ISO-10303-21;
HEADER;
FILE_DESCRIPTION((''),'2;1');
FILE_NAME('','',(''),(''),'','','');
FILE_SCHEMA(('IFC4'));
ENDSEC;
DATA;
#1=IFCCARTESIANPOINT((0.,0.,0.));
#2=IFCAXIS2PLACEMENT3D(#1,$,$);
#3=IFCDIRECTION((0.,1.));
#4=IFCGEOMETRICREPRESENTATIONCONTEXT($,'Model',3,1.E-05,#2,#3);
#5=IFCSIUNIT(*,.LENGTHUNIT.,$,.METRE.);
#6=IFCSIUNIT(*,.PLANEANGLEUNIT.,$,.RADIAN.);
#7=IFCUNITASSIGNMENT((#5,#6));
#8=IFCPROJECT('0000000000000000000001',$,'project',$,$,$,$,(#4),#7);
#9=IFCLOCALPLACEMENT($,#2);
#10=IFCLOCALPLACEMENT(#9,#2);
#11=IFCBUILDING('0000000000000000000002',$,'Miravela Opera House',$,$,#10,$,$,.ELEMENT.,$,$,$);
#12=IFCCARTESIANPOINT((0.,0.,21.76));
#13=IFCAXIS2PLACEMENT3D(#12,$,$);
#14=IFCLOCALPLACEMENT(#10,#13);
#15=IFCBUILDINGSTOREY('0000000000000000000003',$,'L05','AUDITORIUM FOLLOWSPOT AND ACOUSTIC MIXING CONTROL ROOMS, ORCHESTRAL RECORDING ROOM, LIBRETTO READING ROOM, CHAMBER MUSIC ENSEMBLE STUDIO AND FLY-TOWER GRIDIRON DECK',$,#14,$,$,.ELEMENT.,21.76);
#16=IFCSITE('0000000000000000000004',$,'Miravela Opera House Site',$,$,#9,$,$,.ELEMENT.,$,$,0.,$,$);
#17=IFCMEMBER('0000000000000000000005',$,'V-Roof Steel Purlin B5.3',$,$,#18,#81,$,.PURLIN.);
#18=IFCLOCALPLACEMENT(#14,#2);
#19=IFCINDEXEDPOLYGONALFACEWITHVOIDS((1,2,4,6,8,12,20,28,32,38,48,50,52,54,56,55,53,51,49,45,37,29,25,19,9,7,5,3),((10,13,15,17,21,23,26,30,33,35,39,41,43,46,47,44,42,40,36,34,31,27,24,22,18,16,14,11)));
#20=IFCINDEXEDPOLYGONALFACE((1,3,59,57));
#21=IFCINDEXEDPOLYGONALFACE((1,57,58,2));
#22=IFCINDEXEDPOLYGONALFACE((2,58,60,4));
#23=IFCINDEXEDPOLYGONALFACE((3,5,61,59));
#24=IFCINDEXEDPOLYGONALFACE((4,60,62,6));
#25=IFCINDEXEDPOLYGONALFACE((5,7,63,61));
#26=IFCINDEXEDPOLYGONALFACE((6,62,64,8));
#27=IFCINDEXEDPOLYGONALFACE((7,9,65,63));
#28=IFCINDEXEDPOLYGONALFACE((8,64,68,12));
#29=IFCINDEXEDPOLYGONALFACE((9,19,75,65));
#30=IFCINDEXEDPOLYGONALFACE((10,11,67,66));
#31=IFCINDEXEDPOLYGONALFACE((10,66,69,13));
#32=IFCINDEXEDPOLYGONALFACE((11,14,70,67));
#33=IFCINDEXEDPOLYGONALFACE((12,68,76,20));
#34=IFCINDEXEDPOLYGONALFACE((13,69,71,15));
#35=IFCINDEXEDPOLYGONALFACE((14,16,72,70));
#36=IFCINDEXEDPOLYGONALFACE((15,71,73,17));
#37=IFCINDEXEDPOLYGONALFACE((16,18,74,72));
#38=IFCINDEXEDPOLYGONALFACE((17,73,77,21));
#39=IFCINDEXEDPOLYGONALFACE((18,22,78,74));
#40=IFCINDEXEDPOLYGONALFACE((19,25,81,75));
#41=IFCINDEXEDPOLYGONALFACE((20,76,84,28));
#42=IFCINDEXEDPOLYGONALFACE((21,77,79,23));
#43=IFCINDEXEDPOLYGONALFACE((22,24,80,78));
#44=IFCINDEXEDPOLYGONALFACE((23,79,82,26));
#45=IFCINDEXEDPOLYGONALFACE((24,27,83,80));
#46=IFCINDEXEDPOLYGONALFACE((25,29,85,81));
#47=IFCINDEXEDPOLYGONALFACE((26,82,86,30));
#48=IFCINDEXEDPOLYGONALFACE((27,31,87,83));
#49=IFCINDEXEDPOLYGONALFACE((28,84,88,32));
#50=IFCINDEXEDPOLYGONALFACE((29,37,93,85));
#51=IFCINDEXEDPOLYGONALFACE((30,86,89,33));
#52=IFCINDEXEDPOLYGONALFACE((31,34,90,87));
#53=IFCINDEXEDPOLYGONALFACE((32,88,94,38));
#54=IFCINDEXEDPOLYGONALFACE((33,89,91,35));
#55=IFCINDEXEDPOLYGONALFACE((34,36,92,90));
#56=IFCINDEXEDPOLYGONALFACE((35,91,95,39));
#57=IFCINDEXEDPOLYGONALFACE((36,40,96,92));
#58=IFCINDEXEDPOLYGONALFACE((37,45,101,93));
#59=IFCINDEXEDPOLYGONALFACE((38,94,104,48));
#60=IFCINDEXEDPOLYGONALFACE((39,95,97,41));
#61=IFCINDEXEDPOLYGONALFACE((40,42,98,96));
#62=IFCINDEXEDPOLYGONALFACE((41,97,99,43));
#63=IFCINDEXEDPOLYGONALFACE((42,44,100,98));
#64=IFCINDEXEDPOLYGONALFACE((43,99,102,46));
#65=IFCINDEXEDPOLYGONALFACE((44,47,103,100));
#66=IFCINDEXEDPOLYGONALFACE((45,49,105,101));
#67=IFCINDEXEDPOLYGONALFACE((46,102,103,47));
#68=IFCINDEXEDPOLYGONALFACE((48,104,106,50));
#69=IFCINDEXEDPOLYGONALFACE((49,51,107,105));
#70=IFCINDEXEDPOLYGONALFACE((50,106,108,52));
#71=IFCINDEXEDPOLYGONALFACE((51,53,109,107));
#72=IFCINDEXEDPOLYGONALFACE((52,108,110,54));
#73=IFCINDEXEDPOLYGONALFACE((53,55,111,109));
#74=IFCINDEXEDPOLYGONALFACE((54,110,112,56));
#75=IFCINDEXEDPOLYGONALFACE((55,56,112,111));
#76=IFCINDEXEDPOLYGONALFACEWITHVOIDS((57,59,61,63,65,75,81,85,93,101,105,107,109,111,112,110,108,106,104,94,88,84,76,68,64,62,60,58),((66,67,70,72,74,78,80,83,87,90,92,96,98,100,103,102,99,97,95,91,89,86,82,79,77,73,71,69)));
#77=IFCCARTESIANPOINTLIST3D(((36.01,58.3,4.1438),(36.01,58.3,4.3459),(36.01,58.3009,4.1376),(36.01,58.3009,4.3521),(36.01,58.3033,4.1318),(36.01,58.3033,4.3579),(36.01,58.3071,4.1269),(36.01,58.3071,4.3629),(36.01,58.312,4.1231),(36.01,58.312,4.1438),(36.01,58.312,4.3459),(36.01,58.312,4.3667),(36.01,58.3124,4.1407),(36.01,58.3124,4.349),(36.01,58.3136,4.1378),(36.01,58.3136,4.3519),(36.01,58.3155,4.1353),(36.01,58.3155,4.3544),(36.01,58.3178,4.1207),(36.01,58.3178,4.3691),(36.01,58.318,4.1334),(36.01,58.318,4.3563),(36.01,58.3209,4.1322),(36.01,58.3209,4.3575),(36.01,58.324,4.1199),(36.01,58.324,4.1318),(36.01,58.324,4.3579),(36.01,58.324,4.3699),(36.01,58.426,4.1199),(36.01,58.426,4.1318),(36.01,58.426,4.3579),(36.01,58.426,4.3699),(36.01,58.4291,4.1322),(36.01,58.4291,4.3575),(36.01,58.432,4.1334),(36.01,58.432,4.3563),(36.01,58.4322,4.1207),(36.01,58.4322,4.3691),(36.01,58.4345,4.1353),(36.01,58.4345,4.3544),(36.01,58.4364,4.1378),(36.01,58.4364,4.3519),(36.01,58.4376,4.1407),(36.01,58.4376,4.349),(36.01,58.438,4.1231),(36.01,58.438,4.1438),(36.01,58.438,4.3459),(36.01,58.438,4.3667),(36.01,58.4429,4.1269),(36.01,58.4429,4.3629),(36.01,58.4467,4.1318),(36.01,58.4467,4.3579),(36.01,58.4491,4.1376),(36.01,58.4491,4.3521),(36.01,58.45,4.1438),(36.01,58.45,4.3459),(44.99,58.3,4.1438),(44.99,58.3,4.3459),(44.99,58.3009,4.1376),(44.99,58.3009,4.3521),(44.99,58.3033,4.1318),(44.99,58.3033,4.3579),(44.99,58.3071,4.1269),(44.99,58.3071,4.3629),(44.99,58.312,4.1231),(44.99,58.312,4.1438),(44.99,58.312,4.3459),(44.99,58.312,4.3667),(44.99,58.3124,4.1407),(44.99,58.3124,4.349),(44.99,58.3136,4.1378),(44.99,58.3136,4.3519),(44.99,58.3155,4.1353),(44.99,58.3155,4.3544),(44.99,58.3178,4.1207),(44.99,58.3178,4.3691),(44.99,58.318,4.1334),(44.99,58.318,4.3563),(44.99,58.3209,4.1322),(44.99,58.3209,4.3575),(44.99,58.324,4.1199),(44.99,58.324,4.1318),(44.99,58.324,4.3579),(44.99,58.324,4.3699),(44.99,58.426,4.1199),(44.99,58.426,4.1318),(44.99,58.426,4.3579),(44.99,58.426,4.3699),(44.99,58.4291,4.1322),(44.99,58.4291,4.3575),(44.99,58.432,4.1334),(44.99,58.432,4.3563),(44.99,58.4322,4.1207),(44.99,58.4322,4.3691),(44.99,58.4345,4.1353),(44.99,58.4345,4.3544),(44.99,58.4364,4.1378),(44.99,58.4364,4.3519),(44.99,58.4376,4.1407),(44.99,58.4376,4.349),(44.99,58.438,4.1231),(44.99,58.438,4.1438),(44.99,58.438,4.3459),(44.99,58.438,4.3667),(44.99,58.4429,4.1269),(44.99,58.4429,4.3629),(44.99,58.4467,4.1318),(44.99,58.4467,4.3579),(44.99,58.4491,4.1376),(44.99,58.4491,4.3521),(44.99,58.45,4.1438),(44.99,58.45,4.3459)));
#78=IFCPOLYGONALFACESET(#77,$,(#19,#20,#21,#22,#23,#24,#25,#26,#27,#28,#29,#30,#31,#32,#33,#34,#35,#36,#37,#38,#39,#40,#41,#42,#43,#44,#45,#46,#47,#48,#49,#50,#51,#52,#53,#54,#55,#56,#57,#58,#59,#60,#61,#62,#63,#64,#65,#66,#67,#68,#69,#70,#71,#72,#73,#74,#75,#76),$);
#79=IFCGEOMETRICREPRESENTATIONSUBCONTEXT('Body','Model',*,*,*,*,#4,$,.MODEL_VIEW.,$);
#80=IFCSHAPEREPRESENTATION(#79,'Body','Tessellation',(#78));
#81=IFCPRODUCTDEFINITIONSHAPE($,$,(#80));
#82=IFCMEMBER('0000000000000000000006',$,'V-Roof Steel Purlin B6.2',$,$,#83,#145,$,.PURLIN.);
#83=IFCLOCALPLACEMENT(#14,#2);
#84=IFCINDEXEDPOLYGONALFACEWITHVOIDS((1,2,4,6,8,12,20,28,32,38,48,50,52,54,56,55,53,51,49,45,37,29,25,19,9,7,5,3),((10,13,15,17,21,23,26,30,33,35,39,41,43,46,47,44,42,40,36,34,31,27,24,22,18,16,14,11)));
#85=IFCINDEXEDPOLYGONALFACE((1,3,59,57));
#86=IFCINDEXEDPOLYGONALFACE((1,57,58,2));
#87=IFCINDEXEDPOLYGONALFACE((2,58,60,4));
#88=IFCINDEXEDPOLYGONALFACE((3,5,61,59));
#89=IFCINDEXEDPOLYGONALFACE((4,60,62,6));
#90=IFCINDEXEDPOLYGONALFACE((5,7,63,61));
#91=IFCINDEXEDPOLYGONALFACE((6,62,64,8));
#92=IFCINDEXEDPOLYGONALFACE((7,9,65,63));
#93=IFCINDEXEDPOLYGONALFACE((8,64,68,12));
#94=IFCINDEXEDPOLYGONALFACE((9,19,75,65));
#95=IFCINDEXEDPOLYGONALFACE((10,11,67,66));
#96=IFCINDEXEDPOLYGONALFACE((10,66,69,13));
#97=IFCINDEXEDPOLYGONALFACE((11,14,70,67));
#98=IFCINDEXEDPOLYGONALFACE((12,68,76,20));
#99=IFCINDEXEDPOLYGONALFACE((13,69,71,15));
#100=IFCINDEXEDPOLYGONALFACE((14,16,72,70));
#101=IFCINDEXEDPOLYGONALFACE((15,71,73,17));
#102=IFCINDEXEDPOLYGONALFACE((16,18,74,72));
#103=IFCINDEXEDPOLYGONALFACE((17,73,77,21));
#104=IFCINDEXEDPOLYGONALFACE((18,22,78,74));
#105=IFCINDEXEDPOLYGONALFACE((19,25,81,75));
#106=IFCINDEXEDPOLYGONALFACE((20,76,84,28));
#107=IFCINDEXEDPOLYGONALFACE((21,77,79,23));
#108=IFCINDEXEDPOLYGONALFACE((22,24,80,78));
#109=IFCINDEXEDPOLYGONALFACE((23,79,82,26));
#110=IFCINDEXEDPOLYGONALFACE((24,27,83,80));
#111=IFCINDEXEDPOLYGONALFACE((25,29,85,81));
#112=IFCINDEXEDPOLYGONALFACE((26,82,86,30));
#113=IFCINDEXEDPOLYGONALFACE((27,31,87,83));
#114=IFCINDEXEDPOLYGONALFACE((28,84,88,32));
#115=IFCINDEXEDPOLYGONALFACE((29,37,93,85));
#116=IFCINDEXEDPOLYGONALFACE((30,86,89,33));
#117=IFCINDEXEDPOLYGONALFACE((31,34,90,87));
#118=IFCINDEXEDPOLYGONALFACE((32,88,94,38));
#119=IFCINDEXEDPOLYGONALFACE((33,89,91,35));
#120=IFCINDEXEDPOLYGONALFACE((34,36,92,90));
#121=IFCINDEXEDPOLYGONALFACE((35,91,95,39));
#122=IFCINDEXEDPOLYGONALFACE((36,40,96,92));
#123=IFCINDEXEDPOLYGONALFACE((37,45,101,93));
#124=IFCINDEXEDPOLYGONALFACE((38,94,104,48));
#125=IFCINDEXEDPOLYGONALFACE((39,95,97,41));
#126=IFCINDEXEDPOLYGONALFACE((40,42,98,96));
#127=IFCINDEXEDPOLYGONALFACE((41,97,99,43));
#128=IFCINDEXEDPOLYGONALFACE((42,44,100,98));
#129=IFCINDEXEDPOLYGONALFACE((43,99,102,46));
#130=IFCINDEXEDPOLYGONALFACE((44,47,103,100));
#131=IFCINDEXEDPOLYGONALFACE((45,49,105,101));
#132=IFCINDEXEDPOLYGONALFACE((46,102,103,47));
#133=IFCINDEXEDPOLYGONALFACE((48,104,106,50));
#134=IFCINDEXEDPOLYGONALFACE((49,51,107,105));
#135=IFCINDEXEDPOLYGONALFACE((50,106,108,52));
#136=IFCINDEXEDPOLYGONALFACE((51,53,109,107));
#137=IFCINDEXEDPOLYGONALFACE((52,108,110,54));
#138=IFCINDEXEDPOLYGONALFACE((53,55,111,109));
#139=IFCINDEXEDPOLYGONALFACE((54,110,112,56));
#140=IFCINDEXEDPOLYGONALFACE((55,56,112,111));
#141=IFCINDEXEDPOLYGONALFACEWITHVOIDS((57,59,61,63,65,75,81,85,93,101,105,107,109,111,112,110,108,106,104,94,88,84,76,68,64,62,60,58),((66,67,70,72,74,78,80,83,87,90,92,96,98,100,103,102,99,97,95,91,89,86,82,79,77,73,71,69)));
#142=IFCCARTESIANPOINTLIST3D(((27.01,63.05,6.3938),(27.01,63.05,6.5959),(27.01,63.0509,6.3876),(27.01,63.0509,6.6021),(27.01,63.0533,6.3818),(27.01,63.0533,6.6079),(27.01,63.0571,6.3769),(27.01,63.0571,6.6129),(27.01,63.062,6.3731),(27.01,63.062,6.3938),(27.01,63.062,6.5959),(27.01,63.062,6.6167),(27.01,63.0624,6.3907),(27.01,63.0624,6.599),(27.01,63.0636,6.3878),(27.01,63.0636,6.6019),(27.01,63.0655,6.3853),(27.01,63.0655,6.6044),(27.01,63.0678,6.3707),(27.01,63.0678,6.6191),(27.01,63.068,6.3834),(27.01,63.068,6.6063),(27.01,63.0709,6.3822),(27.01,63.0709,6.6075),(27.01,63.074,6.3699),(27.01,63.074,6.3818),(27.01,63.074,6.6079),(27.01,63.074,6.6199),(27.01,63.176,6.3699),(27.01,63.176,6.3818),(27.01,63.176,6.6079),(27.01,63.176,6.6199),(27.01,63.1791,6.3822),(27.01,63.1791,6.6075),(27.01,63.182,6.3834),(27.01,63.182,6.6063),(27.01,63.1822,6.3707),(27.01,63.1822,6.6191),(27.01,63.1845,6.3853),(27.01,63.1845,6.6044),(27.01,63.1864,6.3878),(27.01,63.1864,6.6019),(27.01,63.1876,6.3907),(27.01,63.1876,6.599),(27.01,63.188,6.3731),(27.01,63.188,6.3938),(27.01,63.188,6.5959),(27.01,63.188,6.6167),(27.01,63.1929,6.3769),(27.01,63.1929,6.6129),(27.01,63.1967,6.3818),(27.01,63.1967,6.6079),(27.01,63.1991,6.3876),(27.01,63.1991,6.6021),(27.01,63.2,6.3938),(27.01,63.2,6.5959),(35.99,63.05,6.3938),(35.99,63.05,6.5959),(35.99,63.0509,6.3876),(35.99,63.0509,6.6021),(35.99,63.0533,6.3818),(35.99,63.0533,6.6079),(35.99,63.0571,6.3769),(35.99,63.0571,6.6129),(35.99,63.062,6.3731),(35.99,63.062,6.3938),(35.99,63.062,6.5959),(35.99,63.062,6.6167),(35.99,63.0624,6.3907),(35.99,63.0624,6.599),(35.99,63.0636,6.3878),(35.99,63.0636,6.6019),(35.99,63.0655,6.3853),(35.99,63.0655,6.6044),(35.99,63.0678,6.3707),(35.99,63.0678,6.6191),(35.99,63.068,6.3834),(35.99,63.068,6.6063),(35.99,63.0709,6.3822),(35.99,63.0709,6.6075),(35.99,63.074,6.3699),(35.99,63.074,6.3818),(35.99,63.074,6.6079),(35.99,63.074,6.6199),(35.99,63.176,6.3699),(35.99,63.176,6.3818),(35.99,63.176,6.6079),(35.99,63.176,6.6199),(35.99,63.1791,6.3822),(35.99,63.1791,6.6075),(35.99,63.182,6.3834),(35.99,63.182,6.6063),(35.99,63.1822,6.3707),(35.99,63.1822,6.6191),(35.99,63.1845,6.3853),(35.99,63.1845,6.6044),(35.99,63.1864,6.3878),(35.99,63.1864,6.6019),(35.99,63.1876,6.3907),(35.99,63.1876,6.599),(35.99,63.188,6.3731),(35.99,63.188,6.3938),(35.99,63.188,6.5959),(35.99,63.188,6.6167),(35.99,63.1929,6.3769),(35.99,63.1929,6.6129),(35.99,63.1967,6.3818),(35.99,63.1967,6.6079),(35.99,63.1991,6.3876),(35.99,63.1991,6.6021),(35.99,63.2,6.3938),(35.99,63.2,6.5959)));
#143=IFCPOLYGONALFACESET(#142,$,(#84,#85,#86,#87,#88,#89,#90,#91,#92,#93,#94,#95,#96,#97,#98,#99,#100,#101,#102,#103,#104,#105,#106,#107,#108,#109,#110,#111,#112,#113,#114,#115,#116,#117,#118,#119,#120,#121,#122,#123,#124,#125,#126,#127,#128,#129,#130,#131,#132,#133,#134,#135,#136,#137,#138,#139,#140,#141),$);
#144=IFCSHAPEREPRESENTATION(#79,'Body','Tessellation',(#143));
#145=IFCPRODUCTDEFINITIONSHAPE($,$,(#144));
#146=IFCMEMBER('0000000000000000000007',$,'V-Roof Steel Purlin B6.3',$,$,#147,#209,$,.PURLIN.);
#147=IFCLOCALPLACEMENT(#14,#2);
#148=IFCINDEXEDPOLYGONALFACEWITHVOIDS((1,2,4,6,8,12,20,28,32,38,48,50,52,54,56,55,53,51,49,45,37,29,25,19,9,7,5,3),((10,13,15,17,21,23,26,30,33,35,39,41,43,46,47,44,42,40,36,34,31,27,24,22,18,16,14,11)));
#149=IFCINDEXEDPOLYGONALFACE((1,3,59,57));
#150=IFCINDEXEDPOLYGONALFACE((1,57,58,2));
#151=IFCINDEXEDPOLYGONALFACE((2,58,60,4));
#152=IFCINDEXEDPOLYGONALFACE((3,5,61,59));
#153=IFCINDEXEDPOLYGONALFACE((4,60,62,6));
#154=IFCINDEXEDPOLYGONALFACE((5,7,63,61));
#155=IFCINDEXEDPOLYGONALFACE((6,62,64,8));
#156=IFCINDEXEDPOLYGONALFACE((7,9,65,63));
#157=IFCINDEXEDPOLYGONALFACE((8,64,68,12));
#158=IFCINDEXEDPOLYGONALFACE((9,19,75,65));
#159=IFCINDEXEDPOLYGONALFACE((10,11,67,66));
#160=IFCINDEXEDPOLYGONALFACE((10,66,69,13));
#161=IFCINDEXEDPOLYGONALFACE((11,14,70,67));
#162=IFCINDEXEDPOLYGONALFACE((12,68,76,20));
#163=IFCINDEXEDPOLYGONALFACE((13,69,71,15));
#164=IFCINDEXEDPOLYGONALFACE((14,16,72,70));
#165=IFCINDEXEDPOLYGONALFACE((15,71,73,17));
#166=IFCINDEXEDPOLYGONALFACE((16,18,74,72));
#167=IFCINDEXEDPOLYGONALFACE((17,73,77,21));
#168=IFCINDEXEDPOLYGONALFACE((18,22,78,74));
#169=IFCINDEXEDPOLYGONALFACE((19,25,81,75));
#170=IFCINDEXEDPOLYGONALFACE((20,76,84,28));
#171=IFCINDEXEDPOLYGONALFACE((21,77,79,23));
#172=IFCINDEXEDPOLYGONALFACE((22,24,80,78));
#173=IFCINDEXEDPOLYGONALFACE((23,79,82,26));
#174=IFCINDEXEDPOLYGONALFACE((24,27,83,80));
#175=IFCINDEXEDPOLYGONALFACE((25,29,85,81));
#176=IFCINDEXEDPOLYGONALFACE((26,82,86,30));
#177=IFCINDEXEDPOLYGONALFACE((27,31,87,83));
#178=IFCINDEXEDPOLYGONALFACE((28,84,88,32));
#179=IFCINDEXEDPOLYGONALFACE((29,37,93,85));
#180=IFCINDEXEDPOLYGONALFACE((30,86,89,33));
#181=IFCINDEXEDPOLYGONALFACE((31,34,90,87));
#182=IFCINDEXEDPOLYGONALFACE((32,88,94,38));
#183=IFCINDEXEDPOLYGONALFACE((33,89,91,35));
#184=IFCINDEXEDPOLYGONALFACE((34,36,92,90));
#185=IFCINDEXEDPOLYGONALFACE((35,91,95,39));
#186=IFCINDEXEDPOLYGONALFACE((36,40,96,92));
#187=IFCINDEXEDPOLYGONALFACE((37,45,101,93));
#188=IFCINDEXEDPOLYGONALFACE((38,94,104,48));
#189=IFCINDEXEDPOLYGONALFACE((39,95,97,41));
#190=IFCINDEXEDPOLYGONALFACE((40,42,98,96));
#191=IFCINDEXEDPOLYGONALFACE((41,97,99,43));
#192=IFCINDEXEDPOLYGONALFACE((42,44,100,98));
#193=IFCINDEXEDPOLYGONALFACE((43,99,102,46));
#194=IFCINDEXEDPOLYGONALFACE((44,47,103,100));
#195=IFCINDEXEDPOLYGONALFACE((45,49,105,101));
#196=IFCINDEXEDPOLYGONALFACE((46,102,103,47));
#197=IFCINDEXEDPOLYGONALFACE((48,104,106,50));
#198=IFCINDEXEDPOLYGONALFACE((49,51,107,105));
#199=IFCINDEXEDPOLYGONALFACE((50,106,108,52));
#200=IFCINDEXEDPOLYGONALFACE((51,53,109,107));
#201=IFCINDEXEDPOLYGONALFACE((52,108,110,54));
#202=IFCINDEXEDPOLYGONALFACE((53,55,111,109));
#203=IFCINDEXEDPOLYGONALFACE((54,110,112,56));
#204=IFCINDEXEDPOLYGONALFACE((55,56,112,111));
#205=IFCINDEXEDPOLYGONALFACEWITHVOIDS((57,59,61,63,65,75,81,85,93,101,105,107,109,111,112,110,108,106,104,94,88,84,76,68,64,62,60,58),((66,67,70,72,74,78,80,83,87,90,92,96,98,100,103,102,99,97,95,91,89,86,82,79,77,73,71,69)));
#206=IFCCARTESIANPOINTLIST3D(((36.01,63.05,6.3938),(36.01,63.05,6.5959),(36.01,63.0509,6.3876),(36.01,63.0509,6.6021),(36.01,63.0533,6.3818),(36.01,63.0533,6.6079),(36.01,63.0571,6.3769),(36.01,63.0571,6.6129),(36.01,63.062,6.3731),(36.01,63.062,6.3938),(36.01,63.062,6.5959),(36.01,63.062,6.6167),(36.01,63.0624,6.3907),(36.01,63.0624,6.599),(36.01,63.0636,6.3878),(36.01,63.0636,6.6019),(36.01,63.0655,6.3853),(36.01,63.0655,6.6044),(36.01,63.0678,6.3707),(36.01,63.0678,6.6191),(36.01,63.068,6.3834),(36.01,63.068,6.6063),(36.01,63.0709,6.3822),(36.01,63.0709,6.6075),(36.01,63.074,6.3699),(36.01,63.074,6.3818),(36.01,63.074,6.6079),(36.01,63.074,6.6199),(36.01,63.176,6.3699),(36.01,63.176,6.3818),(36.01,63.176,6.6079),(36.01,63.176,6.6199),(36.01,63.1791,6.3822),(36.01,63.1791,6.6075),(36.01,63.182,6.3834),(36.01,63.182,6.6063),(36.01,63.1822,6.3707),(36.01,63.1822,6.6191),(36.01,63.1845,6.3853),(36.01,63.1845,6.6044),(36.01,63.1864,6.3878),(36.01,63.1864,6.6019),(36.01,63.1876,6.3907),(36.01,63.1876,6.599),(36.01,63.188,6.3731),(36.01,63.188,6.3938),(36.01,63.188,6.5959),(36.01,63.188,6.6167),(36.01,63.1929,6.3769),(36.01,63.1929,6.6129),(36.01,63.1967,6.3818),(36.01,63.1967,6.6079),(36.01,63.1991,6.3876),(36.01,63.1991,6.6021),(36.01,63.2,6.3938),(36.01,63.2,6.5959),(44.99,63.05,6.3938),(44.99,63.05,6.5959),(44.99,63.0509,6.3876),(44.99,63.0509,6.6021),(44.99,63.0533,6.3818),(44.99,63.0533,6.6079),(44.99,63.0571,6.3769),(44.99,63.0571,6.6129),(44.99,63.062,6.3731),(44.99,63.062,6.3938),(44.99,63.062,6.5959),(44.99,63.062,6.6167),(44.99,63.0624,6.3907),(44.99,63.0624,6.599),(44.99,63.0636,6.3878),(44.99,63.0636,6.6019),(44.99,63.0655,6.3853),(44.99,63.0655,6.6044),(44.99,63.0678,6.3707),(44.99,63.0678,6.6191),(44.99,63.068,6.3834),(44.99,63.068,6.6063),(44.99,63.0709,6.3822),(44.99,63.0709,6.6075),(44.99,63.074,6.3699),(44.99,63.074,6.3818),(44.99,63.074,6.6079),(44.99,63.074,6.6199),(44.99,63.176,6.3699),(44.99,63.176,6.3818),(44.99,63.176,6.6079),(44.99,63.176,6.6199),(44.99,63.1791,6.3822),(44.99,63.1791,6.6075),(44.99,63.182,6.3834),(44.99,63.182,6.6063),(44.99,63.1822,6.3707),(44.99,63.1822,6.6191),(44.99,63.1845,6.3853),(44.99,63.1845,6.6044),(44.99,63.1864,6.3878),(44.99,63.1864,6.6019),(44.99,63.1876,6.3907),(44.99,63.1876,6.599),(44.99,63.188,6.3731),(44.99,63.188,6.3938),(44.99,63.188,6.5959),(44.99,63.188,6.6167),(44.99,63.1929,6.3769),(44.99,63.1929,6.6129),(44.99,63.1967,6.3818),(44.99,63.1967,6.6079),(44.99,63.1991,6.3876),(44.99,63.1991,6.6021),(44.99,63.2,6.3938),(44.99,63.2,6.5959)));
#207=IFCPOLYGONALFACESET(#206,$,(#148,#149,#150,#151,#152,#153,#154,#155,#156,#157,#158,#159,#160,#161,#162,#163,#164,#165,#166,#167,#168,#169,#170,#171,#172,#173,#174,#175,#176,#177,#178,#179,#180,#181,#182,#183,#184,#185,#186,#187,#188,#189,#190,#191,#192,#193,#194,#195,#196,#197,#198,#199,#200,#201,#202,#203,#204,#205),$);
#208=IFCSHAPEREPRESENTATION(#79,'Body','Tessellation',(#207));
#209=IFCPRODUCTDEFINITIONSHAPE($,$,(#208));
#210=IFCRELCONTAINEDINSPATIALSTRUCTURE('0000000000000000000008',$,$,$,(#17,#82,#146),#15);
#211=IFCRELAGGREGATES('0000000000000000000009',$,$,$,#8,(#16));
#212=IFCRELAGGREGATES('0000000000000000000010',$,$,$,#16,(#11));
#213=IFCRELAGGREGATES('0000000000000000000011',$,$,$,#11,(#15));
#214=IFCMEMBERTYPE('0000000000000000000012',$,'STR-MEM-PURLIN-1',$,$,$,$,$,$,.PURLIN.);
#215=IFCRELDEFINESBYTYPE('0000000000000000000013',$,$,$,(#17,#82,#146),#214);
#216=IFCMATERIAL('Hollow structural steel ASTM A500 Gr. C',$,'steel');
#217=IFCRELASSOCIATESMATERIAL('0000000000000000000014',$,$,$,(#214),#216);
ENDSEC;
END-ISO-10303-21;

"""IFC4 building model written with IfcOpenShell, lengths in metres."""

from ifc_helpers import new_model, si_unit, direction, frame, origin, origin_2d, place, context, subcontext, project, spatial, hollow_rectangle, extrude, material, material_profile, profile_set, type_object, element, save


model = new_model("IFC4")

# Units and contexts
model_context = context("Model", 3, precision=1e-05, world=origin(), true_north=direction((0.0, 1.0)))
body_context = subcontext(model_context, "Body", "Model", "MODEL_VIEW")
ifc_project = project(units=[si_unit("LENGTHUNIT", "METRE"), si_unit("PLANEANGLEUNIT", "RADIAN")], contexts=[model_context])

# Site, building, storey
site_placement = place(None, origin())
site = spatial("IfcSite", under=ifc_project, at=site_placement, Name="Miravela Opera House Site", CompositionType="ELEMENT", RefElevation=0.0)
building_placement = place(site_placement, origin())
building = spatial("IfcBuilding", under=site, at=building_placement, Name="Miravela Opera House", CompositionType="ELEMENT")
storey_placement = place(building_placement, frame((0.0, 0.0, 21.76)))
storey = spatial("IfcBuildingStorey", under=building, at=storey_placement, Name="L05", Description="AUDITORIUM FOLLOWSPOT AND ACOUSTIC MIXING CONTROL ROOMS, ORCHESTRAL RECORDING ROOM, LIBRETTO READING ROOM, CHAMBER MUSIC ENSEMBLE STUDIO AND FLY-TOWER GRIDIRON DECK", CompositionType="ELEMENT", Elevation=21.76)

# Members
ifc_material_1 = material(Name="Hollow structural steel ASTM A500 Gr. C", Category="steel")
ifc_material_profile_1 = material_profile(ifc_material_1, hollow_rectangle(XDim=0.1499, YDim=0.25, WallThickness=0.012, InnerFilletRadius=0.012, OuterFilletRadius=0.0239, at=origin_2d()), Name="HSS250X150X12")
ifc_profile_set_1 = profile_set([ifc_material_profile_1])
member_type_1 = type_object("IfcMemberType", Name="STR-MEM-PURLIN-1", PredefinedType="PURLIN", material=ifc_profile_set_1)
for number, where, z_axis, x_axis, name in (
    (1, (36.01, 58.375, 4.2449), (1.0, 0.0, 0.0), (0.0, 1.0, 0.0), "V-Roof Steel Purlin B5.3"),
    (2, (27.01, 63.125, 6.4949), (1.0, 0.0, 0.0), (0.0, 1.0, 0.0), "V-Roof Steel Purlin B6.2"),
    (3, (36.01, 63.125, 6.4949), (1.0, 0.0, 0.0), (0.0, 1.0, 0.0), "V-Roof Steel Purlin B6.3"),
):
    element("IfcMember", number, at=place(storey_placement, frame(where, z_axis=z_axis, x_axis=x_axis)), inside=storey, type_object=member_type_1, Name=name, PredefinedType="PURLIN", context=body_context, shape_type="SweptSolid", body=[
        extrude(hollow_rectangle(XDim=0.1499, YDim=0.25, WallThickness=0.012, InnerFilletRadius=0.012, OuterFilletRadius=0.0239, at=origin_2d()), origin(), (0.0, 0.0, 1.0), 8.98),
    ])

save(model, "model.ifc")
